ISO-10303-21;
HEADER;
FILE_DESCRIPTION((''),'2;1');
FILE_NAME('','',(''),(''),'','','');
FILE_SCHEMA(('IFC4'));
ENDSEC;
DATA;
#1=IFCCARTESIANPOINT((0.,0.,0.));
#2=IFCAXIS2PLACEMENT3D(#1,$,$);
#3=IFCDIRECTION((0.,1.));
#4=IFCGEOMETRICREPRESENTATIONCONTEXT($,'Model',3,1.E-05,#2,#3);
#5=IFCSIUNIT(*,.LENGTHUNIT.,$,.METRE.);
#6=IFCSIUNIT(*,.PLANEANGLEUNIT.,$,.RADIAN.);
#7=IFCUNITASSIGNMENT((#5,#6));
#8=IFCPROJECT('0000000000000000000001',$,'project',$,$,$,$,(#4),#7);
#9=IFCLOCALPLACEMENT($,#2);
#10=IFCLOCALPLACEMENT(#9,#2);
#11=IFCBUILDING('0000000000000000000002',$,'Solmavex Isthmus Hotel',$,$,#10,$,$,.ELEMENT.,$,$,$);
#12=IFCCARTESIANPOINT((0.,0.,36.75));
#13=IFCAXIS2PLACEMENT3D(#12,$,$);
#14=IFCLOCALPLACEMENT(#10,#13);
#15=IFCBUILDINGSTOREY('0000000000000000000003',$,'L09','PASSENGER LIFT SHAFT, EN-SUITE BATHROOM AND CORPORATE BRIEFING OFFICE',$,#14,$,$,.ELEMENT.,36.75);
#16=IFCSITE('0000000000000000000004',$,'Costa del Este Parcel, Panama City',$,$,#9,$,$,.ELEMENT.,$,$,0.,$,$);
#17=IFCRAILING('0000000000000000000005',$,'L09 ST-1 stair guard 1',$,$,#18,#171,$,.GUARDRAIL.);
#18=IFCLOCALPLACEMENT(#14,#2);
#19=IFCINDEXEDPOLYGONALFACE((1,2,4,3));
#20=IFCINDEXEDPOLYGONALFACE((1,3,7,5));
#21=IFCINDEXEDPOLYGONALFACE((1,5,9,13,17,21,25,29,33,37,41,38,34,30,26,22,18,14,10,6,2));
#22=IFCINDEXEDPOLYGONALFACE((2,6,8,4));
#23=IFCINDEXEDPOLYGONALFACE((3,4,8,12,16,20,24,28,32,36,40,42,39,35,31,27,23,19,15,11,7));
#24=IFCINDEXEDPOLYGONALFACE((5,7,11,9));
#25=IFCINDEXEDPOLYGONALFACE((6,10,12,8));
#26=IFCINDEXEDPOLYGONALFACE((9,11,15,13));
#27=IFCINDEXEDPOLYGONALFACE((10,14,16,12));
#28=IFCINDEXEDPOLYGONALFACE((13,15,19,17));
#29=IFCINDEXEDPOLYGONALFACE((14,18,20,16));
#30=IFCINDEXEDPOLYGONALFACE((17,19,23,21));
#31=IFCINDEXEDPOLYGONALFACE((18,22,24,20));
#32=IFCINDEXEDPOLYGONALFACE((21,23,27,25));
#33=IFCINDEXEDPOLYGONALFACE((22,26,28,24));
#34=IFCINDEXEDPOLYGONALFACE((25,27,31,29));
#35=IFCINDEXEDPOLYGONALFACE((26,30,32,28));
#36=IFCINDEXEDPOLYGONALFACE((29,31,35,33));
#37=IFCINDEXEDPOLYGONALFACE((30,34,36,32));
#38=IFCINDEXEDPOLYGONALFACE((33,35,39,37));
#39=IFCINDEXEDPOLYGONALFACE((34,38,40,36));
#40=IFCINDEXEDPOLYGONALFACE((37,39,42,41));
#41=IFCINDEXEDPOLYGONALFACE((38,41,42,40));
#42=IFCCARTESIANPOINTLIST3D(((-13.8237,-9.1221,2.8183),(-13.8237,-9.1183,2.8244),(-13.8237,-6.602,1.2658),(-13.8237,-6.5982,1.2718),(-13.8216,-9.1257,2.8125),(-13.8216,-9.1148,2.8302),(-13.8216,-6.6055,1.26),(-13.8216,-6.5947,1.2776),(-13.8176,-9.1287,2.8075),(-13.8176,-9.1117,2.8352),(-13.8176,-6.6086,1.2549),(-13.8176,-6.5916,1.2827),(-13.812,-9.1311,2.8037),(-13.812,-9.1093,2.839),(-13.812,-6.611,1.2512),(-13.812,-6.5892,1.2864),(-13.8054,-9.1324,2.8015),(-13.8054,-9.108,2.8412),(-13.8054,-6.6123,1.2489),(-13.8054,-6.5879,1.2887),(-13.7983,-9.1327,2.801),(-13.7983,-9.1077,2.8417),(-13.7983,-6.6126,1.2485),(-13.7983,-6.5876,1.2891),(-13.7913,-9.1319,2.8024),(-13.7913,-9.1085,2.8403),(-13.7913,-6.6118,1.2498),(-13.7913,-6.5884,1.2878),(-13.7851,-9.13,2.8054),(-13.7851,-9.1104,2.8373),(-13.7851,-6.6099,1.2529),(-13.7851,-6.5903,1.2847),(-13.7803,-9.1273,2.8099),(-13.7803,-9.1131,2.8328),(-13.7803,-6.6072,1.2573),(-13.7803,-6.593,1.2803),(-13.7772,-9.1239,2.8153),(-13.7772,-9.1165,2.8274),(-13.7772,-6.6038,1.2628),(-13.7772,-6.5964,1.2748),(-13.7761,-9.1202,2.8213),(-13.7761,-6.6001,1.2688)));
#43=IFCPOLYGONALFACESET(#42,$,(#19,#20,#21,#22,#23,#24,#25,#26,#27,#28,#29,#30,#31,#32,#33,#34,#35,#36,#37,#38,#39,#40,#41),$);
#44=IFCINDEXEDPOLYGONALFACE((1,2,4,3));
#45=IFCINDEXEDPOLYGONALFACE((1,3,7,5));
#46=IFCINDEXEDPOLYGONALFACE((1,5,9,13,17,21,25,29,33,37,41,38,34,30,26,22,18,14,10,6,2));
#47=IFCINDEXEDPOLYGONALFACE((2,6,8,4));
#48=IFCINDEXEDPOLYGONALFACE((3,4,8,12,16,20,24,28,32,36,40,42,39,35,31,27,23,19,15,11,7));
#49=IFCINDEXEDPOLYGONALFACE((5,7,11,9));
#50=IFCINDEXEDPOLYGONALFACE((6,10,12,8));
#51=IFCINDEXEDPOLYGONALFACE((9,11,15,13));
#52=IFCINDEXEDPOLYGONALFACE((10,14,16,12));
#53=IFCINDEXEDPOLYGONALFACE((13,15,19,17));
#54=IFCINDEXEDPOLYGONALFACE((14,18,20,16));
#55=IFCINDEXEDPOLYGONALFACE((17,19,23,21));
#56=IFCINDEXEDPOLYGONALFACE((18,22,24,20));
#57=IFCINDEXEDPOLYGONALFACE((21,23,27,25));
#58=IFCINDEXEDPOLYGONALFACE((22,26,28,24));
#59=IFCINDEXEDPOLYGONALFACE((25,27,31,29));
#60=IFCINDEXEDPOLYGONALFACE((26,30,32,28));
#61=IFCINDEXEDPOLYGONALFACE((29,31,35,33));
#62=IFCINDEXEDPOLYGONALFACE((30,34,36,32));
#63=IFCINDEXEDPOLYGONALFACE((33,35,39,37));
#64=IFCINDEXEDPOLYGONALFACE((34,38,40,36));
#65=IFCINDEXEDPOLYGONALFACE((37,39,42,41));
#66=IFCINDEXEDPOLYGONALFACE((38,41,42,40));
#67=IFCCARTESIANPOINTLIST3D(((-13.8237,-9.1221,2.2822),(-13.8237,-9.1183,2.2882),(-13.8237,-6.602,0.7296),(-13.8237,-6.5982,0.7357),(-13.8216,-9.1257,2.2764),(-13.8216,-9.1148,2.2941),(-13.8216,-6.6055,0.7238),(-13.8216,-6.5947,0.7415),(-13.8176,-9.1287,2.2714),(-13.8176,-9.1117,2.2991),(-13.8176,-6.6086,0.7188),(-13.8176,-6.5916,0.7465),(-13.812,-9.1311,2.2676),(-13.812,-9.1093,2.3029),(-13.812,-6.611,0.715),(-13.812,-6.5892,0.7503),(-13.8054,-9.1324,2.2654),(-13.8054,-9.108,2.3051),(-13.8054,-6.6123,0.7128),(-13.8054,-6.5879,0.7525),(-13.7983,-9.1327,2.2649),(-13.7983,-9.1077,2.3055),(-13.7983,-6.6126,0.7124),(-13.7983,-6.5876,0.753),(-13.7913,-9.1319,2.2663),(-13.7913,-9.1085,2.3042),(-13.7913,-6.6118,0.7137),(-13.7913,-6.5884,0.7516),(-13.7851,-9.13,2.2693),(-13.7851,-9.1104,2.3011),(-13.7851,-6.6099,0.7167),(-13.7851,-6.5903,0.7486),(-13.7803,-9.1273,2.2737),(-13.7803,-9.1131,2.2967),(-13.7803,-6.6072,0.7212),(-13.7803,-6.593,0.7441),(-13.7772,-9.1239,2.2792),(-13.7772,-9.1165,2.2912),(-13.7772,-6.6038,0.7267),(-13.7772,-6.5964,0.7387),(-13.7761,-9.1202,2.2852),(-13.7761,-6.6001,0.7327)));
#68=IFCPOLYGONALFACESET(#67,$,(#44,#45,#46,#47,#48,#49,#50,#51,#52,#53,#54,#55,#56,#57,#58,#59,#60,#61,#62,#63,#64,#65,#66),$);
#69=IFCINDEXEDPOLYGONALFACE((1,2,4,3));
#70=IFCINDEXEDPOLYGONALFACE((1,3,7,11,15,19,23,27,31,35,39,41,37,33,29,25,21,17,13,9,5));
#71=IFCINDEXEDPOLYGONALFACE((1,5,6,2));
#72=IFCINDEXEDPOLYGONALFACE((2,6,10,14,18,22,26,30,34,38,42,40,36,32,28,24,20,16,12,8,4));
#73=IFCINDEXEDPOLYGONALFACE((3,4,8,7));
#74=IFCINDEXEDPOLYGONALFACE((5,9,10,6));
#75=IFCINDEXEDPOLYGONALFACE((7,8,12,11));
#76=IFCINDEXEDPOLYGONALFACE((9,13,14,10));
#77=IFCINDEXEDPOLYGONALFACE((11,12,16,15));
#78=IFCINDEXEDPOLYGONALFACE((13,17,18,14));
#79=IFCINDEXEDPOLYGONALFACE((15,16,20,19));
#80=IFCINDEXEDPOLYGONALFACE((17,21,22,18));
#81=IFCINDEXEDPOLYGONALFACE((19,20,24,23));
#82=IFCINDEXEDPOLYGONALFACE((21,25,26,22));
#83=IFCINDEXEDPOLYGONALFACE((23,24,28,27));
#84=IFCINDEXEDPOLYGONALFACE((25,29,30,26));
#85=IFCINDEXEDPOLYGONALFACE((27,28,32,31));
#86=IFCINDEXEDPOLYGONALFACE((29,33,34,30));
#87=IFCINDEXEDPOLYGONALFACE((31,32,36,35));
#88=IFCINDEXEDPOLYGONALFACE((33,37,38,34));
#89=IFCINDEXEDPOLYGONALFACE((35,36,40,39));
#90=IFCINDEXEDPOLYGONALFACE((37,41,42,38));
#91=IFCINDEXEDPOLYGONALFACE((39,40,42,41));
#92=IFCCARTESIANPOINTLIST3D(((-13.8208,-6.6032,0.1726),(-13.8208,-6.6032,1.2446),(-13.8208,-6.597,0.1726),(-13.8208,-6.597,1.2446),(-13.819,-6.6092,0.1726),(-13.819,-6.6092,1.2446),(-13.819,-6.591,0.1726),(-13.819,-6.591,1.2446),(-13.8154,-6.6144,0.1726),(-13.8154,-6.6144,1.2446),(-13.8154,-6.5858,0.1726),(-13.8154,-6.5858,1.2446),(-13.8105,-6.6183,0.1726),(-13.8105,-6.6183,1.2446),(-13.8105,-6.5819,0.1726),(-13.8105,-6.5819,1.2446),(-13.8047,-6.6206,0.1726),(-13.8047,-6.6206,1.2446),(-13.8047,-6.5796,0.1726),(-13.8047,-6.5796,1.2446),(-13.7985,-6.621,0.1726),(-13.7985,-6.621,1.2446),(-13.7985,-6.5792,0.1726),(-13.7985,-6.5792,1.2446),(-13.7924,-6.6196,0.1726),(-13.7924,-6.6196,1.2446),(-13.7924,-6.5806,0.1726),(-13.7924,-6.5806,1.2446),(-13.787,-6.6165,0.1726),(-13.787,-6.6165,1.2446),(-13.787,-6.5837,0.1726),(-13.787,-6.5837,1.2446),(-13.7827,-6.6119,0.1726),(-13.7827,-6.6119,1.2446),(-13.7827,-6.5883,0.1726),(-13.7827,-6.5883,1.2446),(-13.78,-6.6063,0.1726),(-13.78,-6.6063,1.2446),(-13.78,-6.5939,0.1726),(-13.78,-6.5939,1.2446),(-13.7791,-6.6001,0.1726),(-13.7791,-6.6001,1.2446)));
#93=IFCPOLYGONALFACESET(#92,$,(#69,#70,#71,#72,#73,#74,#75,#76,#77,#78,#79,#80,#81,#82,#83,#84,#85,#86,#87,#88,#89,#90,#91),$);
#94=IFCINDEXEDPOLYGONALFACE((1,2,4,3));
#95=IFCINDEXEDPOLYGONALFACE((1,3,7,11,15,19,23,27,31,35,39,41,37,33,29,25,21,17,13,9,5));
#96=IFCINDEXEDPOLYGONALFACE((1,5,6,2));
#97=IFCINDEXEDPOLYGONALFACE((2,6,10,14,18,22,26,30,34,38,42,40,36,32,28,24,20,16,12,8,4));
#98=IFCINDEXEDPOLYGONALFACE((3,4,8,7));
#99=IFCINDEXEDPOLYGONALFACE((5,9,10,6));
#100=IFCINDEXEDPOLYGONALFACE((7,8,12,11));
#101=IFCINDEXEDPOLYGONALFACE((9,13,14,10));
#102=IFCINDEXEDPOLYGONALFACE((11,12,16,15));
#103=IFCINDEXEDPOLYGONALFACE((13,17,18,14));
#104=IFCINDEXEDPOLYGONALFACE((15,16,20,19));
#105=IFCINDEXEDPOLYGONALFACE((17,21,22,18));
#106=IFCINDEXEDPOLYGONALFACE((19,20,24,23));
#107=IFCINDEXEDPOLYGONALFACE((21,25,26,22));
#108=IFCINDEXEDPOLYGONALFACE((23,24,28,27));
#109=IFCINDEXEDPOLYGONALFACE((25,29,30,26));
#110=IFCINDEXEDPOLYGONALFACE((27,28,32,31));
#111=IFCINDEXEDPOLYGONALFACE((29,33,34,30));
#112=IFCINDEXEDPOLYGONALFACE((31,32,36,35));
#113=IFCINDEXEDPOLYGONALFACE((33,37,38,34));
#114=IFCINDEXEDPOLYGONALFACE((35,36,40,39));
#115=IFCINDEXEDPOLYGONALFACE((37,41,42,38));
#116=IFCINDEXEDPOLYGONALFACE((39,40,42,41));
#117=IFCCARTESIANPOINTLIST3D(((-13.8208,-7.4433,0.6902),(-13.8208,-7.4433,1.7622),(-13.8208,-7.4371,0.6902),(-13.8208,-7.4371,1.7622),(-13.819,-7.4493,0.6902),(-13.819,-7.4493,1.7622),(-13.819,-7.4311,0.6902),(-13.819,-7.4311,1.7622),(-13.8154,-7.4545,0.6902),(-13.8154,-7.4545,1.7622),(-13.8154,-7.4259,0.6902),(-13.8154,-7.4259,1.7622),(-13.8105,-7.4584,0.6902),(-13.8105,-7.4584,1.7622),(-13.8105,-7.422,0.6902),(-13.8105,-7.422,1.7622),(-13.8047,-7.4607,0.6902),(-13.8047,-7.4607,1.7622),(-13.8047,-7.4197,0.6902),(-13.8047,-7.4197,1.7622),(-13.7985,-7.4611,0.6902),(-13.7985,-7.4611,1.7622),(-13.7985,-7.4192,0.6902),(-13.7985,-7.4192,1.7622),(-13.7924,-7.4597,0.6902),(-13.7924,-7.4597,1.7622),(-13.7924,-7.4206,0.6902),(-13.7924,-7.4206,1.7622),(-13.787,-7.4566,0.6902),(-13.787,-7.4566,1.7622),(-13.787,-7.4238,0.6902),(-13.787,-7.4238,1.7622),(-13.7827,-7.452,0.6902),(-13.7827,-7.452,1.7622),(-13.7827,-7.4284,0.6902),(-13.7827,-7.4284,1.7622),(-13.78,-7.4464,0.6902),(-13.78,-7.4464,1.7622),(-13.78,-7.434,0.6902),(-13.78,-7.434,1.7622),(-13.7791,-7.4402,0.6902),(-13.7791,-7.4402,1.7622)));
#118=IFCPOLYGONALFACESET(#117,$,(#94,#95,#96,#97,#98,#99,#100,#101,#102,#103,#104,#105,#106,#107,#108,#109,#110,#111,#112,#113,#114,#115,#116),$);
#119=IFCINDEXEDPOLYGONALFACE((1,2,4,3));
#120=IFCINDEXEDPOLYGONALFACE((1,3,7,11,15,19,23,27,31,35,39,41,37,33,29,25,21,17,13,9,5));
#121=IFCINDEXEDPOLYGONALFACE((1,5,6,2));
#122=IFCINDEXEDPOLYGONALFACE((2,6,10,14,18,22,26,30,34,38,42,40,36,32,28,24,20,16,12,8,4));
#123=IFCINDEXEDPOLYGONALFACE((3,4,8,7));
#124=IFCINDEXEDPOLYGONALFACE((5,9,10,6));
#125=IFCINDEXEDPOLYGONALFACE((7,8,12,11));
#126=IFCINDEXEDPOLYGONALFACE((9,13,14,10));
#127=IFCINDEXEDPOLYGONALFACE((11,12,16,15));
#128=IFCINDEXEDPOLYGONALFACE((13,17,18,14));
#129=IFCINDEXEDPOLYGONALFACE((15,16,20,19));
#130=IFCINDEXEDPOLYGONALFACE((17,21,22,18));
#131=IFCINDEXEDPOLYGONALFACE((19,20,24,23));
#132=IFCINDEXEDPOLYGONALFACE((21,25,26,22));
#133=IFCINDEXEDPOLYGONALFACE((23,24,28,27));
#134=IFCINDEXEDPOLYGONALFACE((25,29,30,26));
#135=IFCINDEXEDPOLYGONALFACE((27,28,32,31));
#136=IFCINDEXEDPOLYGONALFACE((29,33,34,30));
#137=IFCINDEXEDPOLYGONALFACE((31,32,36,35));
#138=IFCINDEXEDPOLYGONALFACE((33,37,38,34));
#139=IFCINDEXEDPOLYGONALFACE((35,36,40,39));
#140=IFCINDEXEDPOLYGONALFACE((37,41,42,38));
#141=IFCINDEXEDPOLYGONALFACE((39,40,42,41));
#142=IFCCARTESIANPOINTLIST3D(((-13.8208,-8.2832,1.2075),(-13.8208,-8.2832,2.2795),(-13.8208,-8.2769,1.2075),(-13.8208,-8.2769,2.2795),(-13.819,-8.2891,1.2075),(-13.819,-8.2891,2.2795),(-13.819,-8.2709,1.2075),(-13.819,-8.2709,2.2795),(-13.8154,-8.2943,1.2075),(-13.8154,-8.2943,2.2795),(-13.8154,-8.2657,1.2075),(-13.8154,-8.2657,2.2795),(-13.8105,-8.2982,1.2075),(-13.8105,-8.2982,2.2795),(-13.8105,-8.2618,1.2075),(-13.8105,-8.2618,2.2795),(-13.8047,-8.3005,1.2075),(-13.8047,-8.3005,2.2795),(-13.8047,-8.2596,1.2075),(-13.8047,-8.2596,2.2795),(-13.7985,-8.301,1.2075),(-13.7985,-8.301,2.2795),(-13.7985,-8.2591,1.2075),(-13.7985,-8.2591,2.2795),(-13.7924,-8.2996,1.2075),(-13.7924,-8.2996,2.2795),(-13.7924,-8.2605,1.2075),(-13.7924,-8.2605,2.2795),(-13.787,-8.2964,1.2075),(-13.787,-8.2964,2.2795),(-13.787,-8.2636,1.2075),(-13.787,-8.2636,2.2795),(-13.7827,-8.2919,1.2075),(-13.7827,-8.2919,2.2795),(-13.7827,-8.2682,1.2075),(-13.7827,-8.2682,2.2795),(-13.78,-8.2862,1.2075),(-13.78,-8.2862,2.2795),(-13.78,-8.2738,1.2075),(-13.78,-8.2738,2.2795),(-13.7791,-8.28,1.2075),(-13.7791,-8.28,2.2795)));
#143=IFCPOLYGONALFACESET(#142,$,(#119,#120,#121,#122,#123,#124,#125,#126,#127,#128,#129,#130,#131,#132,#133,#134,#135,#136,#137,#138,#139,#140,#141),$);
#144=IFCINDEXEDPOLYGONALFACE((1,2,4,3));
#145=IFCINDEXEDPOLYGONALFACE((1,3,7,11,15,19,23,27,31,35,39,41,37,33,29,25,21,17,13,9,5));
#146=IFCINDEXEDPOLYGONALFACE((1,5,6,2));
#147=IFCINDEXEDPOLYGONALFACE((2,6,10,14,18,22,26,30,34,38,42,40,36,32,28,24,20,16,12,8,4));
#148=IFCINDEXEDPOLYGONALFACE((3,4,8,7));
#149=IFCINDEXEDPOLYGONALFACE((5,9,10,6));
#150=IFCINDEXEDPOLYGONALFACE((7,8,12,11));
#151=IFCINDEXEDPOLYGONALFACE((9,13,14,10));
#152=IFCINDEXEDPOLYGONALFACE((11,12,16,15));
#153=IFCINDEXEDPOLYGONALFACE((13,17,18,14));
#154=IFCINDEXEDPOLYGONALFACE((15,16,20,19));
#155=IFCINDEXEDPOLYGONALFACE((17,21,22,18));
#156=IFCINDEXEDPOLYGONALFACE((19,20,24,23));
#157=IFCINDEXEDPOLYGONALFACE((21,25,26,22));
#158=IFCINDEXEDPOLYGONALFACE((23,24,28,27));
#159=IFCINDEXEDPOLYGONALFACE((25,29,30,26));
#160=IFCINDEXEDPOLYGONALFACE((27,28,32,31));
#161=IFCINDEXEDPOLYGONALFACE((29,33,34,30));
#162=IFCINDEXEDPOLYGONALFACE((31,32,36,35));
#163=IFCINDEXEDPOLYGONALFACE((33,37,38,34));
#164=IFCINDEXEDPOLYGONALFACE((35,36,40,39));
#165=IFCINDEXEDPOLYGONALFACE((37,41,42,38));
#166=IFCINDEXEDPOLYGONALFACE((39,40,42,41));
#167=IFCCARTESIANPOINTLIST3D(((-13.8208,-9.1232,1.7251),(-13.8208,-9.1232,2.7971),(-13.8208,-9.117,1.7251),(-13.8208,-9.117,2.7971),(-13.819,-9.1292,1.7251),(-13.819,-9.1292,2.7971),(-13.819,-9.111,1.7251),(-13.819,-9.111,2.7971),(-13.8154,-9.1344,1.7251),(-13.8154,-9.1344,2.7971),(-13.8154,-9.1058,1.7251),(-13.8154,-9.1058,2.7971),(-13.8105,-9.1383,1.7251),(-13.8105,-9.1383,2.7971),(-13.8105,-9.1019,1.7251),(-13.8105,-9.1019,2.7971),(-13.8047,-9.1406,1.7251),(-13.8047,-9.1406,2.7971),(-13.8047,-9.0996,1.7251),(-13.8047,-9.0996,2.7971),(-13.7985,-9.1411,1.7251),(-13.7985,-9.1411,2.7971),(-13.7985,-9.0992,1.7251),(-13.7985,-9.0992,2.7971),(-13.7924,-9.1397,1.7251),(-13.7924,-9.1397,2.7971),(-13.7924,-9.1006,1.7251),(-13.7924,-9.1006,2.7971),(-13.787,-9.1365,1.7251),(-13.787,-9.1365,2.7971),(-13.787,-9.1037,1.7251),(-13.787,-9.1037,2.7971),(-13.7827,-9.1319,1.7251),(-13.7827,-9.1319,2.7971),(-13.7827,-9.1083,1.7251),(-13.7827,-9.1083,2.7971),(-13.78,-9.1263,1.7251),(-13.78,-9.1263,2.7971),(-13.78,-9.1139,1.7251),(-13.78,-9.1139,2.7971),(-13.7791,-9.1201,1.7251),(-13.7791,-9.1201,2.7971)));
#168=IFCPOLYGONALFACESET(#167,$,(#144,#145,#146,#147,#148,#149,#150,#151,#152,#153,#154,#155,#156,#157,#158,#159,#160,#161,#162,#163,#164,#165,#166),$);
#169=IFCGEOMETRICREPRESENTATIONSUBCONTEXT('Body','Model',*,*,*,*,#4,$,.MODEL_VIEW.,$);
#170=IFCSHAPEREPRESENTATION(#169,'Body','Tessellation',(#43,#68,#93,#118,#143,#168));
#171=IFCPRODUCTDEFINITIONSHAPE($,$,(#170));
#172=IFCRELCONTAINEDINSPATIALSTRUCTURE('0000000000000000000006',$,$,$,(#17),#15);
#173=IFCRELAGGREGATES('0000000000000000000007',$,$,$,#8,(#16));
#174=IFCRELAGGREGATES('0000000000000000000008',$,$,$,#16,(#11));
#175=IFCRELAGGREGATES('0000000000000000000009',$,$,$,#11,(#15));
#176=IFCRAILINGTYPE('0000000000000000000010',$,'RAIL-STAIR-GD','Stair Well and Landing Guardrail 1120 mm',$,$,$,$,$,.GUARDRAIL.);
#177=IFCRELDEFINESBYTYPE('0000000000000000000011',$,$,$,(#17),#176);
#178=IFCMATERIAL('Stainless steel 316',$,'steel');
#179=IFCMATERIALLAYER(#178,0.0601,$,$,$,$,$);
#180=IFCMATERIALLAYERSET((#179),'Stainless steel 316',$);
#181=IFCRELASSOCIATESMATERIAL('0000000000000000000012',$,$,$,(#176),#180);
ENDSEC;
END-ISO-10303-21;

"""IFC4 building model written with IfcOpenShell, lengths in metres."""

from ifc_helpers import new_model, si_unit, direction, frame, origin, origin_2d, place, context, subcontext, project, spatial, circle, extrude, material, layer, layer_set, type_object, element, save


model = new_model("IFC4")

# Units and contexts
model_context = context("Model", 3, precision=1e-05, world=origin(), true_north=direction((0.0, 1.0)))
body_context = subcontext(model_context, "Body", "Model", "MODEL_VIEW")
ifc_project = project(units=[si_unit("LENGTHUNIT", "METRE"), si_unit("PLANEANGLEUNIT", "RADIAN")], contexts=[model_context])

# Site, building, storey
site_placement = place(None, origin())
site = spatial("IfcSite", under=ifc_project, at=site_placement, Name="Costa del Este Parcel, Panama City", CompositionType="ELEMENT", RefElevation=0.0)
building_placement = place(site_placement, origin())
building = spatial("IfcBuilding", under=site, at=building_placement, Name="Solmavex Isthmus Hotel", CompositionType="ELEMENT")
storey_placement = place(building_placement, frame((0.0, 0.0, 36.75)))
storey = spatial("IfcBuildingStorey", under=building, at=storey_placement, Name="L09", Description="PASSENGER LIFT SHAFT, EN-SUITE BATHROOM AND CORPORATE BRIEFING OFFICE", CompositionType="ELEMENT", Elevation=36.75)

# Shared definitions
ifc_material_1 = material(Name="Stainless steel 316", Category="steel")

# Railing
ifc_layer_1 = layer(ifc_material_1, 0.0601)
ifc_layer_set_1 = layer_set([ifc_layer_1], Name="Stainless steel 316")
railing_type_1 = type_object("IfcRailingType", Name="RAIL-STAIR-GD", Description="Stair Well and Landing Guardrail 1120 mm", PredefinedType="GUARDRAIL", material=ifc_layer_set_1)
railing_1_placement = place(storey_placement, frame((-13.8, -6.6001, 0.1726)))
element("IfcRailing", 1, at=railing_1_placement, inside=storey, type_object=railing_type_1, Name="L09 ST-1 stair guard 1", PredefinedType="GUARDRAIL", context=body_context, shape_type="SweptSolid", body=[
    extrude(circle(Radius=0.0239, at=origin_2d()), frame((0.0, 0.0, 1.0962), z_axis=(0.0, -0.8514, 0.524516), x_axis=(1.0, 0.0, 0.0)), (0.0, 0.0, 1.0), 2.96),
    extrude(circle(Radius=0.0239, at=origin_2d()), frame((0.0, 0.0, 0.5601), z_axis=(0.0, -0.8514, 0.524516), x_axis=(1.0, 0.0, 0.0)), (0.0, 0.0, 1.0), 2.96),
    extrude(circle(Radius=0.021, at=origin_2d()), origin(), (0.0, 0.0, 1.0), 1.072),
    extrude(circle(Radius=0.021, at=origin_2d()), frame((0.0, -0.8401, 0.5176)), (0.0, 0.0, 1.0), 1.072),
    extrude(circle(Radius=0.021, at=origin_2d()), frame((0.0, -1.6799, 1.0349)), (0.0, 0.0, 1.0), 1.072),
    extrude(circle(Radius=0.021, at=origin_2d()), frame((0.0, -2.52, 1.5525)), (0.0, 0.0, 1.0), 1.072),
])

save(model, "model.ifc")
